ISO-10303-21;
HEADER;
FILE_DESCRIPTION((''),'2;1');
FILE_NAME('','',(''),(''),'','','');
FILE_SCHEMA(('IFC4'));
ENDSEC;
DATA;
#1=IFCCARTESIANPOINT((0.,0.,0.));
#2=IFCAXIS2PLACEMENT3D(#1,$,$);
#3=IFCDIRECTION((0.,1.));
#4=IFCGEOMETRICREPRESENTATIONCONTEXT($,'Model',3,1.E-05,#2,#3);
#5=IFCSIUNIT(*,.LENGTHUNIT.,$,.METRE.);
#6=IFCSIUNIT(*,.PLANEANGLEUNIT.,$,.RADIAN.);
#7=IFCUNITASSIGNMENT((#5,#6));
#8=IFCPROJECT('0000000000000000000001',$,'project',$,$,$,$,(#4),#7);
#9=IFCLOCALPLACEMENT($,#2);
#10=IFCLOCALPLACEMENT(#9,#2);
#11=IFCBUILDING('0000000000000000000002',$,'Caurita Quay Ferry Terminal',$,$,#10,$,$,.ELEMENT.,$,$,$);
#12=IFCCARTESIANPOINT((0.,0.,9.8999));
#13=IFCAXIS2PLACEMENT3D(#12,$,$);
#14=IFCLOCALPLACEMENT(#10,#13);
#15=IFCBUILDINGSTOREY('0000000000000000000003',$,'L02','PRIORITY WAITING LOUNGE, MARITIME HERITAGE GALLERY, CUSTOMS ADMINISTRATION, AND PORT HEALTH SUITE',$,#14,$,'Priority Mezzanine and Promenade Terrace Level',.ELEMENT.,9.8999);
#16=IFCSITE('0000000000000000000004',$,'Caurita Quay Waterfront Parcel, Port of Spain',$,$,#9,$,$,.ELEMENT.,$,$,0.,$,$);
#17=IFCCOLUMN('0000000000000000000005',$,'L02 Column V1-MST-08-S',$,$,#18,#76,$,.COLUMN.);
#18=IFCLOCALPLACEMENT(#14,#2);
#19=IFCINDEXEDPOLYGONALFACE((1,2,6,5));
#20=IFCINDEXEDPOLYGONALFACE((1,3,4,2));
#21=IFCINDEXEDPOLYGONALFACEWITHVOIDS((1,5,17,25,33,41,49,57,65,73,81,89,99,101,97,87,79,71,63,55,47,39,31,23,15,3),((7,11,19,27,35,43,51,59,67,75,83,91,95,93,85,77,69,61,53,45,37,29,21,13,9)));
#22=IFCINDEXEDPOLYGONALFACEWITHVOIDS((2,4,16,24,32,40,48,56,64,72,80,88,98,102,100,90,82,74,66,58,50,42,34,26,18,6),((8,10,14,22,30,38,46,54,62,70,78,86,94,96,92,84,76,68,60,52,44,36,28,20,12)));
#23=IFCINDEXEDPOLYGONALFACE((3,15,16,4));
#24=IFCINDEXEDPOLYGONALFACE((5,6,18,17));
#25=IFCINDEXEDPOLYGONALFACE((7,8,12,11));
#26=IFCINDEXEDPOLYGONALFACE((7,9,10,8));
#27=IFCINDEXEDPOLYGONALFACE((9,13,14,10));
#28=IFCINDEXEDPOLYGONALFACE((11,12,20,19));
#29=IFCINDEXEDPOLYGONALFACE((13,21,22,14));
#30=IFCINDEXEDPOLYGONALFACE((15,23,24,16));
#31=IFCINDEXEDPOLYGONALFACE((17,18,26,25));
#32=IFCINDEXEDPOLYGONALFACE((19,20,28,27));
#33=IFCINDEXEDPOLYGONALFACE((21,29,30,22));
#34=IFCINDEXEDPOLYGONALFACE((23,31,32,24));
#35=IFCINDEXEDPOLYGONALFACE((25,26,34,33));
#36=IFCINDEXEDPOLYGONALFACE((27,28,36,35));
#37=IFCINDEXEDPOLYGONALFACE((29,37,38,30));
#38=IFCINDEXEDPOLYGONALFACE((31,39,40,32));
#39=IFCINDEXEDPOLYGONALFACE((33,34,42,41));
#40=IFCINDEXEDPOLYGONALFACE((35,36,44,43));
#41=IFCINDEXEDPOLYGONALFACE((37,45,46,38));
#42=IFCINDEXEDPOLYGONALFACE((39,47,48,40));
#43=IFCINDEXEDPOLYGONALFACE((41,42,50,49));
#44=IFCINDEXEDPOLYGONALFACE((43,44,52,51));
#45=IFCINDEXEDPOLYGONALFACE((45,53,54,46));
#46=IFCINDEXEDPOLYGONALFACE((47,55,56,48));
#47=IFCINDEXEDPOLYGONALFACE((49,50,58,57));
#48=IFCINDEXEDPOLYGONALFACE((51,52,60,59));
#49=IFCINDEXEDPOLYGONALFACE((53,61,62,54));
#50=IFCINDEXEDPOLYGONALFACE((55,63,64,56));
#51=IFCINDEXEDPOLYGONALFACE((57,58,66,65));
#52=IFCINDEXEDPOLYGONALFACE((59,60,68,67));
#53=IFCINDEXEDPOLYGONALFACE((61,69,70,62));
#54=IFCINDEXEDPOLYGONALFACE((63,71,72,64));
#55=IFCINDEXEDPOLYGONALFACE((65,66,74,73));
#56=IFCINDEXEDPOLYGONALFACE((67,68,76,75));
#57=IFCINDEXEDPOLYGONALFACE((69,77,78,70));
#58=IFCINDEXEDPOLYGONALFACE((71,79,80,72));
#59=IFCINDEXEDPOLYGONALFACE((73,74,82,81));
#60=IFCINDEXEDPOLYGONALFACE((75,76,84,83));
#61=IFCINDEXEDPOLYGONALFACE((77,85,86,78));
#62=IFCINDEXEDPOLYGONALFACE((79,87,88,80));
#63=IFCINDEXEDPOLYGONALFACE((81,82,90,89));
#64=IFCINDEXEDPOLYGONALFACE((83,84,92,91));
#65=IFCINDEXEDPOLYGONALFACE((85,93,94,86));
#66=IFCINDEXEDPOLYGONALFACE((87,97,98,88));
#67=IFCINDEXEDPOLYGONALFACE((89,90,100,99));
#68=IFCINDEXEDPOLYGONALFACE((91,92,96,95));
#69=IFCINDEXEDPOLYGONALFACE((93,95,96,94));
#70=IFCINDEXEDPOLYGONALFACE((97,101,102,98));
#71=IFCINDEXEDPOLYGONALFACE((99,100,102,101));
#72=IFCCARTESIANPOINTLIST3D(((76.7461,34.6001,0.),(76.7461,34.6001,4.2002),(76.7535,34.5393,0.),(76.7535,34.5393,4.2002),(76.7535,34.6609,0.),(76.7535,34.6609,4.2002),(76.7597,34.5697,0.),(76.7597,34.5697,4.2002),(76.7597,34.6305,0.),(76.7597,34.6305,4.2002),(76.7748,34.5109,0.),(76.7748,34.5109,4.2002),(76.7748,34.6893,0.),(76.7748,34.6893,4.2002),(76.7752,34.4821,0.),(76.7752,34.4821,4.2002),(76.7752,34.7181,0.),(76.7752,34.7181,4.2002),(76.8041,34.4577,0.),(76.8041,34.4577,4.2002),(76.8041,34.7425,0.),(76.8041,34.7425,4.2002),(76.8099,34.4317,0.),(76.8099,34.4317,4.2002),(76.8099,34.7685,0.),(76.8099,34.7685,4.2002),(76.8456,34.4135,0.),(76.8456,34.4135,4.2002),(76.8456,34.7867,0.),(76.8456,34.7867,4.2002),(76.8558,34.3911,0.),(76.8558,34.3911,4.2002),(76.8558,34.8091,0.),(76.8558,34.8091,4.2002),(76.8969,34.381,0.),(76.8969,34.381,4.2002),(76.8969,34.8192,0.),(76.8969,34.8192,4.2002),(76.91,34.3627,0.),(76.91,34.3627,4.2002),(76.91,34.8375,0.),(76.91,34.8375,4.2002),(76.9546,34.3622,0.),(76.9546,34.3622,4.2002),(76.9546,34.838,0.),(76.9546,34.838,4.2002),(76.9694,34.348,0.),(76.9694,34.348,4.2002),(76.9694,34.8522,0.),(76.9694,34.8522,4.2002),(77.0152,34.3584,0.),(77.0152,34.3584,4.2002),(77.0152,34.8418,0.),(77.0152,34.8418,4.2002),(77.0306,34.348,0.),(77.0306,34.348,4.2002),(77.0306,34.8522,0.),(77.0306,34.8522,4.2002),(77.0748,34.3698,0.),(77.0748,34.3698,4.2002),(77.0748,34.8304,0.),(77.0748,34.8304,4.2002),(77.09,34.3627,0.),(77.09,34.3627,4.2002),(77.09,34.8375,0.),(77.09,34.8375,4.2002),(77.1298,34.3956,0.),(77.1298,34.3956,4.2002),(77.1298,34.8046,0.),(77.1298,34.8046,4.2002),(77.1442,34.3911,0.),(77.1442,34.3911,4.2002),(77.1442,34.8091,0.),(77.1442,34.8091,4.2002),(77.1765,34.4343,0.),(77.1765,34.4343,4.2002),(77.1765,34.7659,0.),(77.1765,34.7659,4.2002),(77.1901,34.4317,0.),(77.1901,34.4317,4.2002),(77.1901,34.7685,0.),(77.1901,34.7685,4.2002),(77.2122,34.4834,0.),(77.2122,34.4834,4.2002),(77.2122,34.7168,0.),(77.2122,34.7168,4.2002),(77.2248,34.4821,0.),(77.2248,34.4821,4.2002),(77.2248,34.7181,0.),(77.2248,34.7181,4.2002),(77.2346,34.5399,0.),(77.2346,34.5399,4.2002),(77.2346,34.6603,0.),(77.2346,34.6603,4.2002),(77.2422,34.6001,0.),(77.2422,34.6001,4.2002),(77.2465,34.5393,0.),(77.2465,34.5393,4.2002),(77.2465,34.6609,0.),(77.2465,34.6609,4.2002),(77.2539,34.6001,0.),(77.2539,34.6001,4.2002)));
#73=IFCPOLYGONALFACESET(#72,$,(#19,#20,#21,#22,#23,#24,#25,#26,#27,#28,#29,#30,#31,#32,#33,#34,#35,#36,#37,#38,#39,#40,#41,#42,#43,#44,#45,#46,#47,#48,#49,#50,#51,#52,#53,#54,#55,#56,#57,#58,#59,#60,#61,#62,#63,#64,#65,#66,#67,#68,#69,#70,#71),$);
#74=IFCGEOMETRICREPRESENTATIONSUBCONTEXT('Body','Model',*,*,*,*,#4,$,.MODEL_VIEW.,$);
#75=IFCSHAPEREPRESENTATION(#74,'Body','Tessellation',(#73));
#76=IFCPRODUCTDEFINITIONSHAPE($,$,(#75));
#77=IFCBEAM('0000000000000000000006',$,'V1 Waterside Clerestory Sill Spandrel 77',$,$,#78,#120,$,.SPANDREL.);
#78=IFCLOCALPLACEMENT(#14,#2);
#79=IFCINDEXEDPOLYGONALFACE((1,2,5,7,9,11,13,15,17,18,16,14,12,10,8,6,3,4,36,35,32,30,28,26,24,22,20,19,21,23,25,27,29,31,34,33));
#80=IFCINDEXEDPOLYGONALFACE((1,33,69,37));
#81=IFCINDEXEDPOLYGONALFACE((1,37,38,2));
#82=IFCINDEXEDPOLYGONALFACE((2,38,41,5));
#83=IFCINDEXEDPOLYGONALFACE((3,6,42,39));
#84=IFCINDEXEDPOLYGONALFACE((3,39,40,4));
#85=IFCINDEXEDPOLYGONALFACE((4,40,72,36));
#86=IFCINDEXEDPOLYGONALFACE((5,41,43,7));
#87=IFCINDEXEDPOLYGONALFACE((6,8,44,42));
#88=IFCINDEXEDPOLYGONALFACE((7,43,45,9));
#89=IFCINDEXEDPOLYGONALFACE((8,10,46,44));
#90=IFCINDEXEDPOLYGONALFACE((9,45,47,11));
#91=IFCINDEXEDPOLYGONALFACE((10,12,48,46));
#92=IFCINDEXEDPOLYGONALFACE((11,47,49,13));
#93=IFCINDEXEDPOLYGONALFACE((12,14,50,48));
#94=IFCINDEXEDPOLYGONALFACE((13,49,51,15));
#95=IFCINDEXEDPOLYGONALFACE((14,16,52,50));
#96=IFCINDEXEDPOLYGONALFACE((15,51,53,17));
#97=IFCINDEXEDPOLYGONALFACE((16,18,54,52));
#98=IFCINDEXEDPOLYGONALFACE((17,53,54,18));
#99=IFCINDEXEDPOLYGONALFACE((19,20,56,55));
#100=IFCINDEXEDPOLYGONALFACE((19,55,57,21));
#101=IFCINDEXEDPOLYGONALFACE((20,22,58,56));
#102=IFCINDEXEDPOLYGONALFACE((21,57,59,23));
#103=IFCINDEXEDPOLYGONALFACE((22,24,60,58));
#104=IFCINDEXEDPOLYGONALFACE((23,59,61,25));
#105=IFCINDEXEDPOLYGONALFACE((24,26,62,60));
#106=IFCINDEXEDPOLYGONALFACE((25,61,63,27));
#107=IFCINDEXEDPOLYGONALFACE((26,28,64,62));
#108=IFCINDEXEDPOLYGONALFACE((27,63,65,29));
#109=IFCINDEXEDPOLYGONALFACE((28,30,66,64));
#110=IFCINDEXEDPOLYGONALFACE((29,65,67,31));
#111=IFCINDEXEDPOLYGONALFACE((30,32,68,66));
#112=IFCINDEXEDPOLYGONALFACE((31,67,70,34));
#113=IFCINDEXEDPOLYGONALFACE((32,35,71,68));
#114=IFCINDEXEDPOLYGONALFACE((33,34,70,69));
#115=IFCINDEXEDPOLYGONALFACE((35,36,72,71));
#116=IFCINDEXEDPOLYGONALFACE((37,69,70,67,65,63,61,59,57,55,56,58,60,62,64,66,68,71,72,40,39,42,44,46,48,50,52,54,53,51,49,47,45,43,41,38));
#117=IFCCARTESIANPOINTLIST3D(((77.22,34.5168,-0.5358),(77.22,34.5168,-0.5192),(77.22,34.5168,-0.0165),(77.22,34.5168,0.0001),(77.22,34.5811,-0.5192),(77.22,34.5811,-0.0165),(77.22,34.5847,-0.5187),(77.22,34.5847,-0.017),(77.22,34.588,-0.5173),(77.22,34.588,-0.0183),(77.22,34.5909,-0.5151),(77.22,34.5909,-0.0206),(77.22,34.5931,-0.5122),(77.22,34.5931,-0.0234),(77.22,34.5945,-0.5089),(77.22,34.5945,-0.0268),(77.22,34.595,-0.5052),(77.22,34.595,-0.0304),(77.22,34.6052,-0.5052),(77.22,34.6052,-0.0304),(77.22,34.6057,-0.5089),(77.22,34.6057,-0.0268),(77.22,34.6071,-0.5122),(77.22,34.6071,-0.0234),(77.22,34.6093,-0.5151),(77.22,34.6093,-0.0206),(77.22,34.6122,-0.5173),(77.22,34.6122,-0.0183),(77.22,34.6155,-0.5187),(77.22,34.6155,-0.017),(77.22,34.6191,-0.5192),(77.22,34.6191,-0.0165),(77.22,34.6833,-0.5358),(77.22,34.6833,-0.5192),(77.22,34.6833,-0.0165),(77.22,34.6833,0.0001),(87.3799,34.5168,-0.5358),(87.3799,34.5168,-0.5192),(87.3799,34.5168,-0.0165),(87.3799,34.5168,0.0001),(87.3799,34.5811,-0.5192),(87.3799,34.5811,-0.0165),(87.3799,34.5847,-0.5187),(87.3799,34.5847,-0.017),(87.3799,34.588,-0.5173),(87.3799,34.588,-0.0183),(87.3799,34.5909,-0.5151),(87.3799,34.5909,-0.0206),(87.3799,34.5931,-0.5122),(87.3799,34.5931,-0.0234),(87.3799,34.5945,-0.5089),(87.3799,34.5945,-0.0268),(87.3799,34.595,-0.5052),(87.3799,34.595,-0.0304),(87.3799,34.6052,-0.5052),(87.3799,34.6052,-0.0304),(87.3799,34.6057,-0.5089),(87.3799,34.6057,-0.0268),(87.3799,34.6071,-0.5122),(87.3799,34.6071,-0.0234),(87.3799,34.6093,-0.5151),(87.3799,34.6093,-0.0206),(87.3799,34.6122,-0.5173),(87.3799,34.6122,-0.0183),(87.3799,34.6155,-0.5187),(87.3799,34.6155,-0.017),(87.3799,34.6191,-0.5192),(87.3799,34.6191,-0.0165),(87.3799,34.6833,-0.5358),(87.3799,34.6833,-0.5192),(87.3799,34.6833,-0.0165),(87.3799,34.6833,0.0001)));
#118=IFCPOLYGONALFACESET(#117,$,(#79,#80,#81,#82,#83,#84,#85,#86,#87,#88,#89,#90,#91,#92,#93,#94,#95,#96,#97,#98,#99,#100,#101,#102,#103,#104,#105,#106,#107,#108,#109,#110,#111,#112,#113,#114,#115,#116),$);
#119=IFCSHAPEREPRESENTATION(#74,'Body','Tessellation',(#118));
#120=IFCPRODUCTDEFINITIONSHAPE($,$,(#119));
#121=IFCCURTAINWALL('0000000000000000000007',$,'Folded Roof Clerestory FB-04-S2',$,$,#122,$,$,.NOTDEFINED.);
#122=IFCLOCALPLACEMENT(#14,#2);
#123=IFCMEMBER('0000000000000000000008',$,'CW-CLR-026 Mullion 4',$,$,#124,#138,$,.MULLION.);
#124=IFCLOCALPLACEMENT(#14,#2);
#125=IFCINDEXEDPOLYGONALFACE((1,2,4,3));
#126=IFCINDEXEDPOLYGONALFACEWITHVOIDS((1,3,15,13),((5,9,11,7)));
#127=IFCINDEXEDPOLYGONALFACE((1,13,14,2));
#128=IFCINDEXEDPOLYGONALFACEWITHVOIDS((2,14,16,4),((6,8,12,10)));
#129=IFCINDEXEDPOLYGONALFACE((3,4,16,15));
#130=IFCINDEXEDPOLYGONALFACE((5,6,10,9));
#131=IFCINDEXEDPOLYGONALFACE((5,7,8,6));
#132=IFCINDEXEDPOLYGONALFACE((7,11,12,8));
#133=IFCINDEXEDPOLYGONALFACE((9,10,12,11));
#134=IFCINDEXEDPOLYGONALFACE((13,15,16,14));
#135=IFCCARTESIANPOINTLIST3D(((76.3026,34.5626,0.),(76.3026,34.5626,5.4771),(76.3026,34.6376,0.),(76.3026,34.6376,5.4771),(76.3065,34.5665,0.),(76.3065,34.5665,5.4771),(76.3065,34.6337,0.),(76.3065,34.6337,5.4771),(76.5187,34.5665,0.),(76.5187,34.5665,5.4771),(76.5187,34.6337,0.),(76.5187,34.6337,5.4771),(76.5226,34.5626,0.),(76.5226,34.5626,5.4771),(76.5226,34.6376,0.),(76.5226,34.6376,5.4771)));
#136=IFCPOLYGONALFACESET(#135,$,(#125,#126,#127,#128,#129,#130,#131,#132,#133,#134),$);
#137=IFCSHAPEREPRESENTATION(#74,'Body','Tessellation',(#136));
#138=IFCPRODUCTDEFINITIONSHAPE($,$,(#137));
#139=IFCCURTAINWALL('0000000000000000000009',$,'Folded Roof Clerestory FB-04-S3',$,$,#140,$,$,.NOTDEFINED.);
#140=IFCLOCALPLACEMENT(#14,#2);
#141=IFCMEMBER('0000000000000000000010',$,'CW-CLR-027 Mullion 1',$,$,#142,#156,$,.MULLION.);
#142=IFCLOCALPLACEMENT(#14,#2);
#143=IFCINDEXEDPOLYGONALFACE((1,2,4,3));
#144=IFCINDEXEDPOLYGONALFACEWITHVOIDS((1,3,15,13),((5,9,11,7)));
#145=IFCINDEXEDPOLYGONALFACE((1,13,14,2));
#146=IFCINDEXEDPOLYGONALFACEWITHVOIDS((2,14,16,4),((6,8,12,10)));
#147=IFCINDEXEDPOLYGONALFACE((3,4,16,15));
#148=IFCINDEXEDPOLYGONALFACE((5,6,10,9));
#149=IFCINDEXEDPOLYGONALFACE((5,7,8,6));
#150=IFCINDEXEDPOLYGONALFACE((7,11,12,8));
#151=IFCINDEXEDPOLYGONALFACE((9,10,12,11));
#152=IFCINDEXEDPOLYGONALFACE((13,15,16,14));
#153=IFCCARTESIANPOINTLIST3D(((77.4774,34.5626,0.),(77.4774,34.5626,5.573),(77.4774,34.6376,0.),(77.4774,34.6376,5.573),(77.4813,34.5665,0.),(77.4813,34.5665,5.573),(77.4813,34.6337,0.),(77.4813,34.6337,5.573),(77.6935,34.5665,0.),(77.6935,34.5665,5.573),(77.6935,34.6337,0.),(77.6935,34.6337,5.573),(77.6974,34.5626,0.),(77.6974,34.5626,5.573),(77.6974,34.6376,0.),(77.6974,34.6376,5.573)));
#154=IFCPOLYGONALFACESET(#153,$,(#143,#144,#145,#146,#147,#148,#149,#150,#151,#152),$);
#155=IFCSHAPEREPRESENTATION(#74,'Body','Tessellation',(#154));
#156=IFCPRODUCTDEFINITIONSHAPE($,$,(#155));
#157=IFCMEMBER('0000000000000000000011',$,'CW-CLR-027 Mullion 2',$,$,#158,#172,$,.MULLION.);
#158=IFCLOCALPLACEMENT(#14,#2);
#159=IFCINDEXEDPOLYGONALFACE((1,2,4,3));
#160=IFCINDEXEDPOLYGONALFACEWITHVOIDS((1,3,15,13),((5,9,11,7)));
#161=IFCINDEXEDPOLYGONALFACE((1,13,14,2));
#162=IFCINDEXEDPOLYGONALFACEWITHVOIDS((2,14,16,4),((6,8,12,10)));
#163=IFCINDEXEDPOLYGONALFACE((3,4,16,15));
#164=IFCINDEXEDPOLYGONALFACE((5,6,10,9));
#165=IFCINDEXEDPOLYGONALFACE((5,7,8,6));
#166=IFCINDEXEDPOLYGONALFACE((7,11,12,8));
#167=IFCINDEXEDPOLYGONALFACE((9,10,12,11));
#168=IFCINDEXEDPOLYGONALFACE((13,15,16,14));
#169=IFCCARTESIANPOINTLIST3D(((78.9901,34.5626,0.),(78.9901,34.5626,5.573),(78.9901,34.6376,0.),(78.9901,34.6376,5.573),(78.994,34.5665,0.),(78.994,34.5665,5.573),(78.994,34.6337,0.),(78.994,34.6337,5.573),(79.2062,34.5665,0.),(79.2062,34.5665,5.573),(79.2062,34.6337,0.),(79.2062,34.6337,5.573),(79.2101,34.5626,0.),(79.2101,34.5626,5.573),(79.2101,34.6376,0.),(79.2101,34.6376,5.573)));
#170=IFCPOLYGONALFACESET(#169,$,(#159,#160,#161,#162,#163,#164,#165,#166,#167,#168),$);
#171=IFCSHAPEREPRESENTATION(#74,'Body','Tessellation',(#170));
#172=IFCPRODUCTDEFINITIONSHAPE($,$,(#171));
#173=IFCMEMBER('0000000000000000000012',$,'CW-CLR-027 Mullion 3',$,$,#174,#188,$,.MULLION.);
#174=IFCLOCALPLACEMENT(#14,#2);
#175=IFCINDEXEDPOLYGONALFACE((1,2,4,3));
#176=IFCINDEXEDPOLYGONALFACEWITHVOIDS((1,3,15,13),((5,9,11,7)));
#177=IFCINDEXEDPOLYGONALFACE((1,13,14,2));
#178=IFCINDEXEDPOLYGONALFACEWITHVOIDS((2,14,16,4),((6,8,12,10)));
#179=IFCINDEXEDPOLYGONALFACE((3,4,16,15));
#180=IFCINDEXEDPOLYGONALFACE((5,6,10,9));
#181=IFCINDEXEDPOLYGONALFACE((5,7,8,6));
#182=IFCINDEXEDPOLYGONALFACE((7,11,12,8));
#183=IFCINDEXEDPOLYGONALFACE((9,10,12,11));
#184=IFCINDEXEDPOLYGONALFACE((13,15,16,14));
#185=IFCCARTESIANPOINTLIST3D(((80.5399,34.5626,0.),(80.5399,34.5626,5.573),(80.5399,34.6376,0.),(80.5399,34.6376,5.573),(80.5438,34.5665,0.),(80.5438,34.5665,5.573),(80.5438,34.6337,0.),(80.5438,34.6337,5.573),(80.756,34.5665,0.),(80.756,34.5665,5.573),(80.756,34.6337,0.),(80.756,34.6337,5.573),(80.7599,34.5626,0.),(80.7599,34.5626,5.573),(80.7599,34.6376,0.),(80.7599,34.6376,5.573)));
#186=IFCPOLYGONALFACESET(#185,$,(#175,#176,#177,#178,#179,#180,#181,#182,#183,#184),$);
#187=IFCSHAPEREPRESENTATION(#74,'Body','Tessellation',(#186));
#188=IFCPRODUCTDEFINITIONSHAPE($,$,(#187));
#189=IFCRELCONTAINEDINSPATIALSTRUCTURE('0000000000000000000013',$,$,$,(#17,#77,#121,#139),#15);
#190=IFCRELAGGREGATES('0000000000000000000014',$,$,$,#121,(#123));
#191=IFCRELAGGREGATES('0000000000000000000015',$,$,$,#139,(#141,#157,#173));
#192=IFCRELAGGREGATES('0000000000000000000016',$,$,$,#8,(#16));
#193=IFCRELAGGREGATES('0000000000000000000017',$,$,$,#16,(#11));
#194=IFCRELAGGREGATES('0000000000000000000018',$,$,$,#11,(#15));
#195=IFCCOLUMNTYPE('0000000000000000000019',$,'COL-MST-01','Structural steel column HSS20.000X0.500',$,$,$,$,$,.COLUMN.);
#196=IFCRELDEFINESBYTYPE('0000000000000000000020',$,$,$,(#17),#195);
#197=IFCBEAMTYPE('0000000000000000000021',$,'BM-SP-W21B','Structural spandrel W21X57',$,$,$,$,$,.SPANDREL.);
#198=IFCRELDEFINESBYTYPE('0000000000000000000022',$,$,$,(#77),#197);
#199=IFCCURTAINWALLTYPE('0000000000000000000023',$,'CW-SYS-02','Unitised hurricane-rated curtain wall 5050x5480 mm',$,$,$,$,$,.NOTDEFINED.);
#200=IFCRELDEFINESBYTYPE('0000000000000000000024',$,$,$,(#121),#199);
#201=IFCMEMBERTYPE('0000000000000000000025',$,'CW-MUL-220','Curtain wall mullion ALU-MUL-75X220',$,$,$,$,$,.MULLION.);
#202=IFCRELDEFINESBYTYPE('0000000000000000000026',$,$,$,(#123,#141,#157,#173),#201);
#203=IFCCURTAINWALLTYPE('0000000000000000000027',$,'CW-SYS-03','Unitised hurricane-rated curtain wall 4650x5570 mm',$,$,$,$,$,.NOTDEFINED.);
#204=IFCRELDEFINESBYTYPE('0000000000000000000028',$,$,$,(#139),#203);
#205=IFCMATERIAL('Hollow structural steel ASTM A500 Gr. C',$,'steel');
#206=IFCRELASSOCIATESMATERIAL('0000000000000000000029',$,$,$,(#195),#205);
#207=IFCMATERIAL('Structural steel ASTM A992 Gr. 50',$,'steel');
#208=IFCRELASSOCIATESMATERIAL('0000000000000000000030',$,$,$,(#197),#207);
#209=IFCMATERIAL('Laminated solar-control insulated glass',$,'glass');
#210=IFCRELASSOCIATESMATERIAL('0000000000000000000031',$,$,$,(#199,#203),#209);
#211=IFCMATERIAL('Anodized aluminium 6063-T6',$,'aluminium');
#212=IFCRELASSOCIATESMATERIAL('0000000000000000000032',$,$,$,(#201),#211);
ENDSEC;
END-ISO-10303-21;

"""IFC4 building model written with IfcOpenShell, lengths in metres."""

from ifc_helpers import new_model, si_unit, direction, frame, origin, origin_2d, place, context, subcontext, project, spatial, hollow_rectangle, hollow_circle, i_section, extrude, material, material_profile, profile_set, type_object, element, aggregate, save


model = new_model("IFC4")

# Units and contexts
model_context = context("Model", 3, precision=1e-05, world=origin(), true_north=direction((0.0, 1.0)))
body_context = subcontext(model_context, "Body", "Model", "MODEL_VIEW")
ifc_project = project(units=[si_unit("LENGTHUNIT", "METRE"), si_unit("PLANEANGLEUNIT", "RADIAN")], contexts=[model_context])

# Site, building, storey
site_placement = place(None, origin())
site = spatial("IfcSite", under=ifc_project, at=site_placement, Name="Caurita Quay Waterfront Parcel, Port of Spain", CompositionType="ELEMENT", RefElevation=0.0)
building_placement = place(site_placement, origin())
building = spatial("IfcBuilding", under=site, at=building_placement, Name="Caurita Quay Ferry Terminal", CompositionType="ELEMENT")
storey_placement = place(building_placement, frame((0.0, 0.0, 9.8999)))
storey = spatial("IfcBuildingStorey", under=building, at=storey_placement, Name="L02", Description="PRIORITY WAITING LOUNGE, MARITIME HERITAGE GALLERY, CUSTOMS ADMINISTRATION, AND PORT HEALTH SUITE", LongName="Priority Mezzanine and Promenade Terrace Level", CompositionType="ELEMENT", Elevation=9.8999)

# Column
ifc_material_1 = material(Name="Hollow structural steel ASTM A500 Gr. C", Category="steel")
ifc_material_profile_1 = material_profile(ifc_material_1, hollow_circle(Radius=0.2539, WallThickness=0.0117, at=origin_2d()), Name="HSS20.000X0.500")
ifc_profile_set_1 = profile_set([ifc_material_profile_1], Name="Hollow structural steel ASTM A500 Gr. C")
column_type = type_object("IfcColumnType", Name="COL-MST-01", Description="Structural steel column HSS20.000X0.500", PredefinedType="COLUMN", material=ifc_profile_set_1)
column_placement = place(storey_placement, frame((77.0, 34.6001, 0.0), z_axis=(0.0, 0.0, 1.0), x_axis=(1.0, 0.0, 0.0)))
element("IfcColumn", 1, at=column_placement, inside=storey, type_object=column_type, Name="L02 Column V1-MST-08-S", PredefinedType="COLUMN", context=body_context, shape_type="SweptSolid", body=[
    extrude(hollow_circle(Radius=0.2539, WallThickness=0.0117, at=origin_2d()), origin(), (0.0, 0.0, 1.0), 4.2002),
])

# Beam
ifc_material_2 = material(Name="Structural steel ASTM A992 Gr. 50", Category="steel")
ifc_material_profile_2 = material_profile(ifc_material_2, i_section(OverallWidth=0.1665, OverallDepth=0.5359, WebThickness=0.0103, FlangeThickness=0.0166, FilletRadius=0.0139, at=origin_2d()), Name="W21X57")
ifc_profile_set_2 = profile_set([ifc_material_profile_2], Name="Structural steel ASTM A992 Gr. 50")
beam_type = type_object("IfcBeamType", Name="BM-SP-W21B", Description="Structural spandrel W21X57", PredefinedType="SPANDREL", material=ifc_profile_set_2)
beam_placement = place(storey_placement, frame((77.22, 34.6001, -0.2678), z_axis=(1.0, 0.0, 0.0), x_axis=(0.0, 1.0, 0.0)))
element("IfcBeam", 2, at=beam_placement, inside=storey, type_object=beam_type, Name="V1 Waterside Clerestory Sill Spandrel 77", PredefinedType="SPANDREL", context=body_context, shape_type="SweptSolid", body=[
    extrude(i_section(OverallWidth=0.1665, OverallDepth=0.5359, WebThickness=0.0103, FlangeThickness=0.0166, FilletRadius=0.0139, at=origin_2d()), origin(), (0.0, 0.0, 1.0), 10.1599),
])

# Curtain wall, member
ifc_material_3 = material(Name="Laminated solar-control insulated glass", Category="glass")
curtain_wall_type_1 = type_object("IfcCurtainWallType", Name="CW-SYS-02", Description="Unitised hurricane-rated curtain wall 5050x5480 mm", PredefinedType="NOTDEFINED", material=ifc_material_3)
curtain_wall_1_placement = place(storey_placement, origin())
curtain_wall_1 = element("IfcCurtainWall", 3, at=curtain_wall_1_placement, inside=storey, type_object=curtain_wall_type_1, Name="Folded Roof Clerestory FB-04-S2", PredefinedType="NOTDEFINED")
ifc_material_4 = material(Name="Anodized aluminium 6063-T6", Category="aluminium")
ifc_material_profile_3 = material_profile(ifc_material_4, hollow_rectangle(XDim=0.075, YDim=0.22, WallThickness=0.0039, at=origin_2d()), Name="ALU-MUL-75X220")
ifc_profile_set_3 = profile_set([ifc_material_profile_3], Name="Anodized aluminium 6063-T6")
member_type_1 = type_object("IfcMemberType", Name="CW-MUL-220", Description="Curtain wall mullion ALU-MUL-75X220", PredefinedType="MULLION", material=ifc_profile_set_3)
member_1_placement = place(storey_placement, frame((76.4126, 34.6001, 0.0), z_axis=(0.0, 0.0, 1.0), x_axis=(0.0, 1.0, 0.0)))
member_1 = element("IfcMember", 4, at=member_1_placement, type_object=member_type_1, Name="CW-CLR-026 Mullion 4", PredefinedType="MULLION", context=body_context, shape_type="SweptSolid", body=[
    extrude(hollow_rectangle(XDim=0.075, YDim=0.22, WallThickness=0.0039, at=origin_2d()), origin(), (0.0, 0.0, 1.0), 5.4771),
])
aggregate(curtain_wall_1, [member_1])

# Curtain wall, members
curtain_wall_type_2 = type_object("IfcCurtainWallType", Name="CW-SYS-03", Description="Unitised hurricane-rated curtain wall 4650x5570 mm", PredefinedType="NOTDEFINED", material=ifc_material_3)
curtain_wall_2_placement = place(storey_placement, origin())
curtain_wall_2 = element("IfcCurtainWall", 5, at=curtain_wall_2_placement, inside=storey, type_object=curtain_wall_type_2, Name="Folded Roof Clerestory FB-04-S3", PredefinedType="NOTDEFINED")
member_2_placement = place(storey_placement, frame((77.5874, 34.6001, 0.0), z_axis=(0.0, 0.0, 1.0), x_axis=(0.0, 1.0, 0.0)))
member_2 = element("IfcMember", 6, at=member_2_placement, type_object=member_type_1, Name="CW-CLR-027 Mullion 1", PredefinedType="MULLION", context=body_context, shape_type="SweptSolid", body=[
    extrude(hollow_rectangle(XDim=0.075, YDim=0.22, WallThickness=0.0039, at=origin_2d()), origin(), (0.0, 0.0, 1.0), 5.573),
])
member_3_placement = place(storey_placement, frame((79.1001, 34.6001, 0.0), z_axis=(0.0, 0.0, 1.0), x_axis=(0.0, 1.0, 0.0)))
member_3 = element("IfcMember", 7, at=member_3_placement, type_object=member_type_1, Name="CW-CLR-027 Mullion 2", PredefinedType="MULLION", context=body_context, shape_type="SweptSolid", body=[
    extrude(hollow_rectangle(XDim=0.075, YDim=0.22, WallThickness=0.0039, at=origin_2d()), origin(), (0.0, 0.0, 1.0), 5.573),
])
member_4_placement = place(storey_placement, frame((80.6499, 34.6001, 0.0), z_axis=(0.0, 0.0, 1.0), x_axis=(0.0, 1.0, 0.0)))
member_4 = element("IfcMember", 8, at=member_4_placement, type_object=member_type_1, Name="CW-CLR-027 Mullion 3", PredefinedType="MULLION", context=body_context, shape_type="SweptSolid", body=[
    extrude(hollow_rectangle(XDim=0.075, YDim=0.22, WallThickness=0.0039, at=origin_2d()), origin(), (0.0, 0.0, 1.0), 5.573),
])

aggregate(curtain_wall_2, [member_2, member_3, member_4])

save(model, "model.ifc")
